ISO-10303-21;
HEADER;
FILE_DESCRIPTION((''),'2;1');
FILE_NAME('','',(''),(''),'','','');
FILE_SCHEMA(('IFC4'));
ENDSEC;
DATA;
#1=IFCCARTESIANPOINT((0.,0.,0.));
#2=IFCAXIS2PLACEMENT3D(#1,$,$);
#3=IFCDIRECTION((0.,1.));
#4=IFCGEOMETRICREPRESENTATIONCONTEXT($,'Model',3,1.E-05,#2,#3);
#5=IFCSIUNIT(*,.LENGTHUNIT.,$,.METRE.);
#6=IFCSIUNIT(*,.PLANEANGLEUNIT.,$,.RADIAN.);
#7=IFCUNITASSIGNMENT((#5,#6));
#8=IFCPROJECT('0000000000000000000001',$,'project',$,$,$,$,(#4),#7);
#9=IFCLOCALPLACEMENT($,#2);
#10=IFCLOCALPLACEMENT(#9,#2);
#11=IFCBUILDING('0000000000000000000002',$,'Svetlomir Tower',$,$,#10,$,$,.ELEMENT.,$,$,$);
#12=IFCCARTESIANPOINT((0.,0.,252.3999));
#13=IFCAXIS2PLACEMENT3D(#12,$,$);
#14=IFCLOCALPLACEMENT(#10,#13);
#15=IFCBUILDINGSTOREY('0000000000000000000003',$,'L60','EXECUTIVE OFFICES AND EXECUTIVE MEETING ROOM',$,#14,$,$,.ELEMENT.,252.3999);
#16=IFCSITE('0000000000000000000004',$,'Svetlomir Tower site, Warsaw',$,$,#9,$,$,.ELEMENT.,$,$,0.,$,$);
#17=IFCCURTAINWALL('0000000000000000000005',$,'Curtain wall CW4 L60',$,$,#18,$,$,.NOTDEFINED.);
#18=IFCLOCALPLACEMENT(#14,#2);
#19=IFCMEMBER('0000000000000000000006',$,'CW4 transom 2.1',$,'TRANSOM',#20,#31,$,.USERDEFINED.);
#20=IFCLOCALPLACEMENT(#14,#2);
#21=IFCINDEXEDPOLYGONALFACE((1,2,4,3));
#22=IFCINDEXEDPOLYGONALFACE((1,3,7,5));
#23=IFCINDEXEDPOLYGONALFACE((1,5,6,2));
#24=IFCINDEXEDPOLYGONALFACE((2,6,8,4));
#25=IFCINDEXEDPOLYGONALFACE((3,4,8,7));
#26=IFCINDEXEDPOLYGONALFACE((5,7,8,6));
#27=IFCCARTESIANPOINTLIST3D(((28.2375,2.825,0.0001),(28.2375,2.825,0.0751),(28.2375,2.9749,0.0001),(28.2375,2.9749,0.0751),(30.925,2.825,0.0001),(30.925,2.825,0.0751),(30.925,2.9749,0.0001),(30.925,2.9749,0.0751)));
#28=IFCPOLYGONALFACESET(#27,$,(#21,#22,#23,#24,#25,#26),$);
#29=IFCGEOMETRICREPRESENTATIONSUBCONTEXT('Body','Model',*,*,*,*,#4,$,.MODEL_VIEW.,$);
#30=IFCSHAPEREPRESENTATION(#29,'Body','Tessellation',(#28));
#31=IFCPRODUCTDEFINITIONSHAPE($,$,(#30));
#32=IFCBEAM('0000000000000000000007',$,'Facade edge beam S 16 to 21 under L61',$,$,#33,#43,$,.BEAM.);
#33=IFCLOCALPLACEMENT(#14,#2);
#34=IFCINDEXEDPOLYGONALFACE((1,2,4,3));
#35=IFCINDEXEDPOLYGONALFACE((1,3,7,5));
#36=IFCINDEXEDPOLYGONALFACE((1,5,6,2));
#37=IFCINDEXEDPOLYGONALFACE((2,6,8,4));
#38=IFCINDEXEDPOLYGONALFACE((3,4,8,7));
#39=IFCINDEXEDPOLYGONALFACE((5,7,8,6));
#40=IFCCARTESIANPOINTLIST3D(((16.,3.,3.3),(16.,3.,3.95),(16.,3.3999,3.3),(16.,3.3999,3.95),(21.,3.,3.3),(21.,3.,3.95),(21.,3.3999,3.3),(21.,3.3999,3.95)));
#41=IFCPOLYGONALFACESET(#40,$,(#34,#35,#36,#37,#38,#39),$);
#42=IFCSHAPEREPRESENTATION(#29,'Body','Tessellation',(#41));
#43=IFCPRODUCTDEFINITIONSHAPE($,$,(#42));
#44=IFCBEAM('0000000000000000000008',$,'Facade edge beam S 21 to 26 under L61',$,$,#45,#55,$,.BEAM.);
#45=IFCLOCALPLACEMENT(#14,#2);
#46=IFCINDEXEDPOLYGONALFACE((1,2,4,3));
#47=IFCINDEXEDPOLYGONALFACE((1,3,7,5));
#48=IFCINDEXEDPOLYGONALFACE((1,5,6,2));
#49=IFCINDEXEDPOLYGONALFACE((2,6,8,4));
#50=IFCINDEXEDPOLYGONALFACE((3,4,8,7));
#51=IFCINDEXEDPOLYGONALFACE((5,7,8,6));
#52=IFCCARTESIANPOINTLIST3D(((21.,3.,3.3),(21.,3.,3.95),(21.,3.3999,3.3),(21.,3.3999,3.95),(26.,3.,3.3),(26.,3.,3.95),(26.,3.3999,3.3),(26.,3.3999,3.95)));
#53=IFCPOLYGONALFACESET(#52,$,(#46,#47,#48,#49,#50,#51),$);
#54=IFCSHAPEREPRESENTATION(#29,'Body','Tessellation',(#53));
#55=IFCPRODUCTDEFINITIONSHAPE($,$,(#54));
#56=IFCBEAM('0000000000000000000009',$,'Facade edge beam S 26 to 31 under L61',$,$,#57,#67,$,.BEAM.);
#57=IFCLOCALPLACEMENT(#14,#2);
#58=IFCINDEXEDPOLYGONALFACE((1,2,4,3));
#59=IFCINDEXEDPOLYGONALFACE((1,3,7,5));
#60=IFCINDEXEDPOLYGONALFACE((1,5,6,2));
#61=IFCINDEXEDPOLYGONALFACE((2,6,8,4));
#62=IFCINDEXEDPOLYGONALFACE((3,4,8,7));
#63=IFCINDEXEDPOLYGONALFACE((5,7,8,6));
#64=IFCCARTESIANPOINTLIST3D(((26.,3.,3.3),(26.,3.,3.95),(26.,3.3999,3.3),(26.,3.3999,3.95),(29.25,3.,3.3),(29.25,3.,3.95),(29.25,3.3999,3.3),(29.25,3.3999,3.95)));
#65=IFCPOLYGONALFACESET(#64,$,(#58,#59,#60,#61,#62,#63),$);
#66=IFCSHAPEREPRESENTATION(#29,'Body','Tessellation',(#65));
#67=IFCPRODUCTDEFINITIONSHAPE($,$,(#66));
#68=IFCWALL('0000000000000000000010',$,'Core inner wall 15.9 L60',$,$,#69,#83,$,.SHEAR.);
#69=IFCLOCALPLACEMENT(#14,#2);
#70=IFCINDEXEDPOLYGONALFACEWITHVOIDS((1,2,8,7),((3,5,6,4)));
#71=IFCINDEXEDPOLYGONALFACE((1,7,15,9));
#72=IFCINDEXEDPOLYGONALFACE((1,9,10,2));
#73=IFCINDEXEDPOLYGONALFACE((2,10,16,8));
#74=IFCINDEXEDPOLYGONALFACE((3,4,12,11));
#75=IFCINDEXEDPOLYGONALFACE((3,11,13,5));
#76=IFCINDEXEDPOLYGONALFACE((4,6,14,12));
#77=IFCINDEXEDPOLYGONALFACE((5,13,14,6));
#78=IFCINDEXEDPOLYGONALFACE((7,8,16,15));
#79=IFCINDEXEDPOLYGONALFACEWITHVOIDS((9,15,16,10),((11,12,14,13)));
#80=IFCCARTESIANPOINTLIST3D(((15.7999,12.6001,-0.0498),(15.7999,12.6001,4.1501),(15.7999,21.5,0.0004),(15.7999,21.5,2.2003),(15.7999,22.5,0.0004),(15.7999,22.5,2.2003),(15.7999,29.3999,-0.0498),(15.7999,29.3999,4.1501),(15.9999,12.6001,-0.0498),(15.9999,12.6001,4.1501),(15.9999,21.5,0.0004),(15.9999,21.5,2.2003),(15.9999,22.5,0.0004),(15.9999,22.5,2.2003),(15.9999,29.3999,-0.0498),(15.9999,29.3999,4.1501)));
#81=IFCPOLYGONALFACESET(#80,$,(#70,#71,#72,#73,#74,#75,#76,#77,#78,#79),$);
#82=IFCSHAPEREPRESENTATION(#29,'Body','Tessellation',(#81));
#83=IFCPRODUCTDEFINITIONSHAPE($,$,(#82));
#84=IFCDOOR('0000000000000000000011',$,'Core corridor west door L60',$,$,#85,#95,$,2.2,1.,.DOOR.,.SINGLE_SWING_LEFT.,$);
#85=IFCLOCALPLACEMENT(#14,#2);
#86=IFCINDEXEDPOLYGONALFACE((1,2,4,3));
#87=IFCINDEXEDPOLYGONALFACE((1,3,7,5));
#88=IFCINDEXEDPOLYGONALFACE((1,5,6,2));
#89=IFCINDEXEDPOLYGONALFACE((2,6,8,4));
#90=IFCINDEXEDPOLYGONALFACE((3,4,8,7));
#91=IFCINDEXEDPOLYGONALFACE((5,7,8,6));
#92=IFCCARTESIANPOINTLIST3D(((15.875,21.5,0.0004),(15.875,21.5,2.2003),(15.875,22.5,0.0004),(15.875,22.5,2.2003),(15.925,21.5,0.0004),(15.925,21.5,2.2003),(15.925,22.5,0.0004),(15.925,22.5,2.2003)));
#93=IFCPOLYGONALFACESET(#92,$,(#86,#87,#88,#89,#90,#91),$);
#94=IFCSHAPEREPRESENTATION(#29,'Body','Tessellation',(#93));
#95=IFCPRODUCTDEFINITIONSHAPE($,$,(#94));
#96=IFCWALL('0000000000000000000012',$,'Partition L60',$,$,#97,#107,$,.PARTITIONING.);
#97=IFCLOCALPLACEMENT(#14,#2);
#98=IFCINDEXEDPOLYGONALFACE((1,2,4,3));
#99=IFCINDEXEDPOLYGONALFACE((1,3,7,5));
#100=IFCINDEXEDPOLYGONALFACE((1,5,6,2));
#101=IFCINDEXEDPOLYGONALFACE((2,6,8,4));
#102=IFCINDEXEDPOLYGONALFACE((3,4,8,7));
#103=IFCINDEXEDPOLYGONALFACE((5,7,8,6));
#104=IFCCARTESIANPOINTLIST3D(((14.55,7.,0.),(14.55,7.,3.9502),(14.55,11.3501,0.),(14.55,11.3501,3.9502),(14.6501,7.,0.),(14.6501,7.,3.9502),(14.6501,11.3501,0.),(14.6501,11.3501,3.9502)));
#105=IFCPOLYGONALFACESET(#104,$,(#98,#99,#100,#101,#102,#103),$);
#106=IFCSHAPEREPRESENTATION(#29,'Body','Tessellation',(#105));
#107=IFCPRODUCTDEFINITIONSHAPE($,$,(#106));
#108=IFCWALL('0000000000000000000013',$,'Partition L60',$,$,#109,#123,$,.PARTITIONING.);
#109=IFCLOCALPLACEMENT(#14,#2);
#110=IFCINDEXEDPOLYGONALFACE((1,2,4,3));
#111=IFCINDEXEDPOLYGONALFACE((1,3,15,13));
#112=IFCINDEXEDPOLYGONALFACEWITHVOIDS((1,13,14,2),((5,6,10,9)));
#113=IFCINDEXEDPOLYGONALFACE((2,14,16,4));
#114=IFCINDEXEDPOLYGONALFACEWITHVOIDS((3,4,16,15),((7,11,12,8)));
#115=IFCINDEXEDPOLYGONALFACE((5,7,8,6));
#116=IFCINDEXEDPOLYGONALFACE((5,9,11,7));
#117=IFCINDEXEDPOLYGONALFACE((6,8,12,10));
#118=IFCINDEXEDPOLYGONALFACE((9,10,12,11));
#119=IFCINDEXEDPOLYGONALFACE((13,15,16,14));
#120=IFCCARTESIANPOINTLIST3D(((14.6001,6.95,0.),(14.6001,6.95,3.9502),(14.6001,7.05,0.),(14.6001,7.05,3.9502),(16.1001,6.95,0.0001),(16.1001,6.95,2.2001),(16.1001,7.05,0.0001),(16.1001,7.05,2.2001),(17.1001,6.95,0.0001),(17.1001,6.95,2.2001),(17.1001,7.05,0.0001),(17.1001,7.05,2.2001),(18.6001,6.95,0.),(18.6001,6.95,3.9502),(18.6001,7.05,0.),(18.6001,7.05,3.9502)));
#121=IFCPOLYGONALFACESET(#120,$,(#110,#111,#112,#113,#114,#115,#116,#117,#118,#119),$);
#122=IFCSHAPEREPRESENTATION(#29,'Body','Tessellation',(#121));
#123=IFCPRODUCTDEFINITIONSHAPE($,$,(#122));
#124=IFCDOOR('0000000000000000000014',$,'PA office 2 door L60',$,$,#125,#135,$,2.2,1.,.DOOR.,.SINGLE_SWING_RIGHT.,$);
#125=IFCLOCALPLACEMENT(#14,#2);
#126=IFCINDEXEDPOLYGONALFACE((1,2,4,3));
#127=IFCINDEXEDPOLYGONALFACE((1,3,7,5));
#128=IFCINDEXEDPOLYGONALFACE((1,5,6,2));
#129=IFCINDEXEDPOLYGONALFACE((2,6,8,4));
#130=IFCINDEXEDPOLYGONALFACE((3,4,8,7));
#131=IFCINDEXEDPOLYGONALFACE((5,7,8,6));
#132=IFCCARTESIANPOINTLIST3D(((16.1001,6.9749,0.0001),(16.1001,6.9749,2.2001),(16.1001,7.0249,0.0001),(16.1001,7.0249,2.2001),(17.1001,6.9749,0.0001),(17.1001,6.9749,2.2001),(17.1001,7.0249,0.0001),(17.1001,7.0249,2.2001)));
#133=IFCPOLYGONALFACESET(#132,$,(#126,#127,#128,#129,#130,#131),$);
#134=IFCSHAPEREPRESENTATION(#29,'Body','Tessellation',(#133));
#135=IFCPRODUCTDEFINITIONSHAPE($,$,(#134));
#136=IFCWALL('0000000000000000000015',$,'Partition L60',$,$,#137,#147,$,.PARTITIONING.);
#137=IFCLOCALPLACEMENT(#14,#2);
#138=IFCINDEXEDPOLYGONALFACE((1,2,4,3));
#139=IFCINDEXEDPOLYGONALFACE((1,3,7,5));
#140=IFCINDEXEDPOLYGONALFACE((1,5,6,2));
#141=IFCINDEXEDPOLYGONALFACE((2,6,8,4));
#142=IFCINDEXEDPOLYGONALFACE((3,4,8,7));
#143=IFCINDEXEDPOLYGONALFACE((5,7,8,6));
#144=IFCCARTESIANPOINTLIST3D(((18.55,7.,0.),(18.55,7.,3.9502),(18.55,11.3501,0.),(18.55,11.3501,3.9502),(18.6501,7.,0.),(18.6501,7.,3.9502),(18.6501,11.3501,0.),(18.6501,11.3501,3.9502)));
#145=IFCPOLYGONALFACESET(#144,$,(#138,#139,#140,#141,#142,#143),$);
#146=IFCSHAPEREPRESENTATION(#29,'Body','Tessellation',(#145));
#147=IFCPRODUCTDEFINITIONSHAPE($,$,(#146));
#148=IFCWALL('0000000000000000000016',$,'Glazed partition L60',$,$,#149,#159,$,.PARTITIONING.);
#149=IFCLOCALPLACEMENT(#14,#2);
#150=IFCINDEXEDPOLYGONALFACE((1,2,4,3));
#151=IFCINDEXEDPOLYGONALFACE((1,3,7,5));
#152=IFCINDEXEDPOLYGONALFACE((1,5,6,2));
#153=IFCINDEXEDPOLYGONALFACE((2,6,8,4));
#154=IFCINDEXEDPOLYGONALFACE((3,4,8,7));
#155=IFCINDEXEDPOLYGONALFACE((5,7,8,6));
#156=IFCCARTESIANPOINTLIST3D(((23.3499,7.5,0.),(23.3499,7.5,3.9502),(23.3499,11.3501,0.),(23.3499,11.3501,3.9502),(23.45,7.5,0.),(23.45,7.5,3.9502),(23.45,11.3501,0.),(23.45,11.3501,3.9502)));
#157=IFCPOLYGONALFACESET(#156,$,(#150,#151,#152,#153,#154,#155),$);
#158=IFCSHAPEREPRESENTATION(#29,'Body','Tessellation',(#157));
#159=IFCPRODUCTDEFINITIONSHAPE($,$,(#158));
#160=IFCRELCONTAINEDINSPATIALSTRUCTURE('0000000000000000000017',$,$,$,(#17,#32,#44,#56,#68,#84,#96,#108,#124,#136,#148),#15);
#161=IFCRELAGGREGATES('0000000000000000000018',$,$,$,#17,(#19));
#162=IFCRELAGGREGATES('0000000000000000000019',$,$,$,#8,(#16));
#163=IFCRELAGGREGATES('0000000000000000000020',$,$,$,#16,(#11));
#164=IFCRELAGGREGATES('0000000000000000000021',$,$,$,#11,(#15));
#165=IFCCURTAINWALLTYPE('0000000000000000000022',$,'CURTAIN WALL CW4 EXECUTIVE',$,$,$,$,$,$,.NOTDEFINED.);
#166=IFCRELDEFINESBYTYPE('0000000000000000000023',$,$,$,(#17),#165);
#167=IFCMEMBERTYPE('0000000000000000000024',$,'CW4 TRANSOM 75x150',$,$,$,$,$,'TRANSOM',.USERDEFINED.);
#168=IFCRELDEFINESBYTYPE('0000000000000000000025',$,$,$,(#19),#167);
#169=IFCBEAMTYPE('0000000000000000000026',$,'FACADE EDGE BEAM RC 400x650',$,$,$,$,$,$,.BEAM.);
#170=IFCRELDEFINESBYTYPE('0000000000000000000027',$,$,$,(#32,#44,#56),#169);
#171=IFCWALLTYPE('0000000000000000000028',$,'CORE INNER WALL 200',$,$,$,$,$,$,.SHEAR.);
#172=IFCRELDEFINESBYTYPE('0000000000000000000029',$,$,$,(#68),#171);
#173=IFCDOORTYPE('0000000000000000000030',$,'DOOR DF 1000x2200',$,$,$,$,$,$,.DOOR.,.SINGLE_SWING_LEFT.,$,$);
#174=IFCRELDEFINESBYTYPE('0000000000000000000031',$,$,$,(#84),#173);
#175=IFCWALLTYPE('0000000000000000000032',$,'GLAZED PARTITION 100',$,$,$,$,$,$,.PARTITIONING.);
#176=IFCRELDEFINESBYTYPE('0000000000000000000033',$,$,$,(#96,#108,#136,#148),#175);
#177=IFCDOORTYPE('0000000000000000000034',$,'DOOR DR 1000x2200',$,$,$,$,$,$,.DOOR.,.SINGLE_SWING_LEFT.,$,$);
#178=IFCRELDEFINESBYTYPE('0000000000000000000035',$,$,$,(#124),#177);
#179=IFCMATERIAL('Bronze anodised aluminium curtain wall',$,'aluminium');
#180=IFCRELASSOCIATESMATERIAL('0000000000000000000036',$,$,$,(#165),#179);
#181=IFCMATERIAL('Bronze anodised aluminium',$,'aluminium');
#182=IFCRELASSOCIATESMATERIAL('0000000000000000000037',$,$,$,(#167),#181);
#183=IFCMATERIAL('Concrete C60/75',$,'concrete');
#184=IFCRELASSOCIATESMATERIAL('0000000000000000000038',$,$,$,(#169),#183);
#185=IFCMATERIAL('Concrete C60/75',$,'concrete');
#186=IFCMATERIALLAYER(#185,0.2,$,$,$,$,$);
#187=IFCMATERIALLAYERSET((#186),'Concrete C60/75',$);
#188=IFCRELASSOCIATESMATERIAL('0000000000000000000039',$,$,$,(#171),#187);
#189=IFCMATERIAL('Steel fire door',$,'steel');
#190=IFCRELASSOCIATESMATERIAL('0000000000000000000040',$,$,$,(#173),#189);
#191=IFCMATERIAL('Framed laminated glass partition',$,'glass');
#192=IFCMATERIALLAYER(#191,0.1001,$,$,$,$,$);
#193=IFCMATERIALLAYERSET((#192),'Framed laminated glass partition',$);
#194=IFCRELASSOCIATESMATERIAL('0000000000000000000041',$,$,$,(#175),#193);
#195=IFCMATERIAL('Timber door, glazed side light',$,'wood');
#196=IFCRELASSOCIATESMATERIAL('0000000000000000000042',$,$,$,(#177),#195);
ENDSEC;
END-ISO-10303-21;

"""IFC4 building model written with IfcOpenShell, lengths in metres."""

from ifc_helpers import new_model, si_unit, direction, frame, frame_2d, origin, origin_2d, place, context, subcontext, project, spatial, rectangle, extrude, material, layer, layer_set, material_profile, profile_set, type_object, element, fill, aggregate, save


model = new_model("IFC4")

# Units and contexts
model_context = context("Model", 3, precision=1e-05, world=origin(), true_north=direction((0.0, 1.0)))
body_context = subcontext(model_context, "Body", "Model", "MODEL_VIEW")
ifc_project = project(units=[si_unit("LENGTHUNIT", "METRE"), si_unit("PLANEANGLEUNIT", "RADIAN")], contexts=[model_context])

# Site, building, storey
site_placement = place(None, origin())
site = spatial("IfcSite", under=ifc_project, at=site_placement, Name="Svetlomir Tower site, Warsaw", CompositionType="ELEMENT", RefElevation=0.0)
building_placement = place(site_placement, origin())
building = spatial("IfcBuilding", under=site, at=building_placement, Name="Svetlomir Tower", CompositionType="ELEMENT")
storey_placement = place(building_placement, frame((0.0, 0.0, 252.3999)))
storey = spatial("IfcBuildingStorey", under=building, at=storey_placement, Name="L60", Description="EXECUTIVE OFFICES AND EXECUTIVE MEETING ROOM", CompositionType="ELEMENT", Elevation=252.3999)

# Curtain wall, member
ifc_material_1 = material(Name="Bronze anodised aluminium curtain wall", Category="aluminium")
curtain_wall_type = type_object("IfcCurtainWallType", Name="CURTAIN WALL CW4 EXECUTIVE", PredefinedType="NOTDEFINED", material=ifc_material_1)
curtain_wall_placement = place(storey_placement, origin())
curtain_wall = element("IfcCurtainWall", 1, at=curtain_wall_placement, inside=storey, type_object=curtain_wall_type, Name="Curtain wall CW4 L60", PredefinedType="NOTDEFINED")
ifc_material_2 = material(Name="Bronze anodised aluminium", Category="aluminium")
ifc_material_profile_1 = material_profile(ifc_material_2, rectangle(XDim=0.1499, YDim=0.075, at=origin_2d()), Name="AL 150x75")
ifc_profile_set_1 = profile_set([ifc_material_profile_1], Name="Bronze anodised aluminium 6063-T6")
member_type = type_object("IfcMemberType", Name="CW4 TRANSOM 75x150", ElementType="TRANSOM", PredefinedType="USERDEFINED", material=ifc_profile_set_1)
member_placement = place(storey_placement, frame((28.2375, 2.8999, 0.0376), z_axis=(1.0, 0.0, 0.0), x_axis=(0.0, 1.0, 0.0)))
member = element("IfcMember", 2, at=member_placement, type_object=member_type, Name="CW4 transom 2.1", ObjectType="TRANSOM", PredefinedType="USERDEFINED", context=body_context, shape_type="SweptSolid", body=[
    extrude(rectangle(XDim=0.1499, YDim=0.075, at=origin_2d()), origin(), (0.0, 0.0, 1.0), 2.6875),
])
aggregate(curtain_wall, [member])

# Beams
ifc_material_3 = material(Name="Concrete C60/75", Category="concrete")
ifc_material_profile_2 = material_profile(ifc_material_3, rectangle(XDim=0.3999, YDim=0.6499, at=origin_2d()), Name="RC 400x650")
ifc_profile_set_2 = profile_set([ifc_material_profile_2], Name="Concrete C60/75")
beam_type = type_object("IfcBeamType", Name="FACADE EDGE BEAM RC 400x650", PredefinedType="BEAM", material=ifc_profile_set_2)
for number, where, z_axis, x_axis, name in (
    (3, (16.0, 3.2, 3.625), (1.0, 0.0, 0.0), (0.0, 1.0, 0.0), "Facade edge beam S 16 to 21 under L61"),
    (4, (21.0, 3.2, 3.625), (1.0, 0.0, 0.0), (0.0, 1.0, 0.0), "Facade edge beam S 21 to 26 under L61"),
):
    element("IfcBeam", number, at=place(storey_placement, frame(where, z_axis=z_axis, x_axis=x_axis)), inside=storey, type_object=beam_type, Name=name, PredefinedType="BEAM", context=body_context, shape_type="SweptSolid", body=[
        extrude(rectangle(XDim=0.3999, YDim=0.6499, at=origin_2d()), origin(), (0.0, 0.0, 1.0), 5.0),
    ])
beam_placement = place(storey_placement, frame((26.0, 3.2, 3.625), z_axis=(1.0, 0.0, 0.0), x_axis=(0.0, 1.0, 0.0)))
element("IfcBeam", 5, at=beam_placement, inside=storey, type_object=beam_type, Name="Facade edge beam S 26 to 31 under L61", PredefinedType="BEAM", context=body_context, shape_type="SweptSolid", body=[
    extrude(rectangle(XDim=0.3999, YDim=0.6499, at=origin_2d()), origin(), (0.0, 0.0, 1.0), 3.25),
])

# Wall, opening, door
ifc_material_4 = material(Name="Concrete C60/75", Category="concrete")
ifc_layer_1 = layer(ifc_material_4, 0.2)
ifc_layer_set_1 = layer_set([ifc_layer_1], Name="Concrete C60/75")
wall_type_1 = type_object("IfcWallType", Name="CORE INNER WALL 200", PredefinedType="SHEAR", material=ifc_layer_set_1)
wall_1_placement = place(storey_placement, frame((15.8999, 12.6001, -0.0498), z_axis=(0.0, 0.0, 1.0), x_axis=(0.0, 1.0, 0.0)))
wall_1 = element("IfcWall", 6, at=wall_1_placement, inside=storey, type_object=wall_type_1, Name="Core inner wall 15.9 L60", PredefinedType="SHEAR", context=body_context, shape_type="SweptSolid", body=[
    extrude(rectangle(XDim=16.7998, YDim=0.2, at=frame_2d((8.3999, 0.0))), origin(), (0.0, 0.0, 1.0), 4.2),
])
opening_1_placement = place(wall_1_placement, frame((8.8999, 0.0, 0.05)))
opening_1 = element("IfcOpeningElement", 7, at=opening_1_placement, cuts=wall_1, PredefinedType="OPENING", context=body_context, shape_type="SweptSolid", body=[
    extrude(rectangle(XDim=1.0, YDim=2.2, at=frame_2d((0.5, 1.1001))), frame((0.0, 0.1099, 0.0), z_axis=(0.0, -1.0, 0.0), x_axis=(1.0, 0.0, 0.0)), (0.0, 0.0, 1.0), 0.22),
])
ifc_material_5 = material(Name="Steel fire door", Category="steel")
door_type_1 = type_object("IfcDoorType", Name="DOOR DF 1000x2200", OperationType="SINGLE_SWING_LEFT", PredefinedType="DOOR", material=ifc_material_5)
door_1_placement = place(opening_1_placement, origin())
door_1 = element("IfcDoor", 8, at=door_1_placement, inside=storey, type_object=door_type_1, Name="Core corridor west door L60", OperationType="SINGLE_SWING_LEFT", OverallHeight=2.2, OverallWidth=1.0, PredefinedType="DOOR", context=body_context, shape_type="SweptSolid", body=[
    extrude(rectangle(XDim=1.0, YDim=2.2, at=frame_2d((0.5, 1.1001))), frame((0.0, 0.0249, 0.0), z_axis=(0.0, -1.0, 0.0), x_axis=(1.0, 0.0, 0.0)), (0.0, 0.0, 1.0), 0.05),
])
fill(opening_1, door_1)

# Wall
ifc_material_6 = material(Name="Framed laminated glass partition", Category="glass")
ifc_layer_2 = layer(ifc_material_6, 0.1001)
ifc_layer_set_2 = layer_set([ifc_layer_2], Name="Framed laminated glass partition")
wall_type_2 = type_object("IfcWallType", Name="GLAZED PARTITION 100", PredefinedType="PARTITIONING", material=ifc_layer_set_2)
wall_2_placement = place(storey_placement, frame((14.6001, 7.0, 0.0), z_axis=(0.0, 0.0, 1.0), x_axis=(0.0, 1.0, 0.0)))
element("IfcWall", 9, at=wall_2_placement, inside=storey, type_object=wall_type_2, Name="Partition L60", PredefinedType="PARTITIONING", context=body_context, shape_type="SweptSolid", body=[
    extrude(rectangle(XDim=4.3501, YDim=0.1001, at=frame_2d((2.175, 0.0))), origin(), (0.0, 0.0, 1.0), 3.9502),
])

# Wall, opening, door
wall_3_placement = place(storey_placement, frame((14.6001, 7.0, 0.0), z_axis=(0.0, 0.0, 1.0), x_axis=(1.0, 0.0, 0.0)))
wall_3 = element("IfcWall", 10, at=wall_3_placement, inside=storey, type_object=wall_type_2, Name="Partition L60", PredefinedType="PARTITIONING", context=body_context, shape_type="SweptSolid", body=[
    extrude(rectangle(XDim=4.0, YDim=0.1001, at=frame_2d((2.0, 0.0))), origin(), (0.0, 0.0, 1.0), 3.9502),
])
opening_2_placement = place(wall_3_placement, frame((1.5, 0.0, 0.0)))
opening_2 = element("IfcOpeningElement", 11, at=opening_2_placement, cuts=wall_3, PredefinedType="OPENING", context=body_context, shape_type="SweptSolid", body=[
    extrude(rectangle(XDim=1.0, YDim=2.2, at=frame_2d((0.5, 1.1001))), frame((0.0, 0.0601, 0.0), z_axis=(0.0, -1.0, 0.0), x_axis=(1.0, 0.0, 0.0)), (0.0, 0.0, 1.0), 0.1201),
])
ifc_material_7 = material(Name="Timber door, glazed side light", Category="wood")
door_type_2 = type_object("IfcDoorType", Name="DOOR DR 1000x2200", OperationType="SINGLE_SWING_LEFT", PredefinedType="DOOR", material=ifc_material_7)
door_2_placement = place(opening_2_placement, origin())
door_2 = element("IfcDoor", 12, at=door_2_placement, inside=storey, type_object=door_type_2, Name="PA office 2 door L60", OperationType="SINGLE_SWING_RIGHT", OverallHeight=2.2, OverallWidth=1.0, PredefinedType="DOOR", context=body_context, shape_type="SweptSolid", body=[
    extrude(rectangle(XDim=1.0, YDim=2.2, at=frame_2d((0.5, 1.1001))), frame((0.0, 0.0249, 0.0), z_axis=(0.0, -1.0, 0.0), x_axis=(1.0, 0.0, 0.0)), (0.0, 0.0, 1.0), 0.05),
])
fill(opening_2, door_2)

# Walls
wall_4_placement = place(storey_placement, frame((18.6001, 7.0, 0.0), z_axis=(0.0, 0.0, 1.0), x_axis=(0.0, 1.0, 0.0)))
element("IfcWall", 13, at=wall_4_placement, inside=storey, type_object=wall_type_2, Name="Partition L60", PredefinedType="PARTITIONING", context=body_context, shape_type="SweptSolid", body=[
    extrude(rectangle(XDim=4.3501, YDim=0.1001, at=frame_2d((2.175, 0.0))), origin(), (0.0, 0.0, 1.0), 3.9502),
])
wall_5_placement = place(storey_placement, frame((23.3999, 7.5, 0.0), z_axis=(0.0, 0.0, 1.0), x_axis=(0.0, 1.0, 0.0)))
element("IfcWall", 14, at=wall_5_placement, inside=storey, type_object=wall_type_2, Name="Glazed partition L60", PredefinedType="PARTITIONING", context=body_context, shape_type="SweptSolid", body=[
    extrude(rectangle(XDim=3.8501, YDim=0.1001, at=frame_2d((1.925, 0.0))), origin(), (0.0, 0.0, 1.0), 3.9502),
])

save(model, "model.ifc")
